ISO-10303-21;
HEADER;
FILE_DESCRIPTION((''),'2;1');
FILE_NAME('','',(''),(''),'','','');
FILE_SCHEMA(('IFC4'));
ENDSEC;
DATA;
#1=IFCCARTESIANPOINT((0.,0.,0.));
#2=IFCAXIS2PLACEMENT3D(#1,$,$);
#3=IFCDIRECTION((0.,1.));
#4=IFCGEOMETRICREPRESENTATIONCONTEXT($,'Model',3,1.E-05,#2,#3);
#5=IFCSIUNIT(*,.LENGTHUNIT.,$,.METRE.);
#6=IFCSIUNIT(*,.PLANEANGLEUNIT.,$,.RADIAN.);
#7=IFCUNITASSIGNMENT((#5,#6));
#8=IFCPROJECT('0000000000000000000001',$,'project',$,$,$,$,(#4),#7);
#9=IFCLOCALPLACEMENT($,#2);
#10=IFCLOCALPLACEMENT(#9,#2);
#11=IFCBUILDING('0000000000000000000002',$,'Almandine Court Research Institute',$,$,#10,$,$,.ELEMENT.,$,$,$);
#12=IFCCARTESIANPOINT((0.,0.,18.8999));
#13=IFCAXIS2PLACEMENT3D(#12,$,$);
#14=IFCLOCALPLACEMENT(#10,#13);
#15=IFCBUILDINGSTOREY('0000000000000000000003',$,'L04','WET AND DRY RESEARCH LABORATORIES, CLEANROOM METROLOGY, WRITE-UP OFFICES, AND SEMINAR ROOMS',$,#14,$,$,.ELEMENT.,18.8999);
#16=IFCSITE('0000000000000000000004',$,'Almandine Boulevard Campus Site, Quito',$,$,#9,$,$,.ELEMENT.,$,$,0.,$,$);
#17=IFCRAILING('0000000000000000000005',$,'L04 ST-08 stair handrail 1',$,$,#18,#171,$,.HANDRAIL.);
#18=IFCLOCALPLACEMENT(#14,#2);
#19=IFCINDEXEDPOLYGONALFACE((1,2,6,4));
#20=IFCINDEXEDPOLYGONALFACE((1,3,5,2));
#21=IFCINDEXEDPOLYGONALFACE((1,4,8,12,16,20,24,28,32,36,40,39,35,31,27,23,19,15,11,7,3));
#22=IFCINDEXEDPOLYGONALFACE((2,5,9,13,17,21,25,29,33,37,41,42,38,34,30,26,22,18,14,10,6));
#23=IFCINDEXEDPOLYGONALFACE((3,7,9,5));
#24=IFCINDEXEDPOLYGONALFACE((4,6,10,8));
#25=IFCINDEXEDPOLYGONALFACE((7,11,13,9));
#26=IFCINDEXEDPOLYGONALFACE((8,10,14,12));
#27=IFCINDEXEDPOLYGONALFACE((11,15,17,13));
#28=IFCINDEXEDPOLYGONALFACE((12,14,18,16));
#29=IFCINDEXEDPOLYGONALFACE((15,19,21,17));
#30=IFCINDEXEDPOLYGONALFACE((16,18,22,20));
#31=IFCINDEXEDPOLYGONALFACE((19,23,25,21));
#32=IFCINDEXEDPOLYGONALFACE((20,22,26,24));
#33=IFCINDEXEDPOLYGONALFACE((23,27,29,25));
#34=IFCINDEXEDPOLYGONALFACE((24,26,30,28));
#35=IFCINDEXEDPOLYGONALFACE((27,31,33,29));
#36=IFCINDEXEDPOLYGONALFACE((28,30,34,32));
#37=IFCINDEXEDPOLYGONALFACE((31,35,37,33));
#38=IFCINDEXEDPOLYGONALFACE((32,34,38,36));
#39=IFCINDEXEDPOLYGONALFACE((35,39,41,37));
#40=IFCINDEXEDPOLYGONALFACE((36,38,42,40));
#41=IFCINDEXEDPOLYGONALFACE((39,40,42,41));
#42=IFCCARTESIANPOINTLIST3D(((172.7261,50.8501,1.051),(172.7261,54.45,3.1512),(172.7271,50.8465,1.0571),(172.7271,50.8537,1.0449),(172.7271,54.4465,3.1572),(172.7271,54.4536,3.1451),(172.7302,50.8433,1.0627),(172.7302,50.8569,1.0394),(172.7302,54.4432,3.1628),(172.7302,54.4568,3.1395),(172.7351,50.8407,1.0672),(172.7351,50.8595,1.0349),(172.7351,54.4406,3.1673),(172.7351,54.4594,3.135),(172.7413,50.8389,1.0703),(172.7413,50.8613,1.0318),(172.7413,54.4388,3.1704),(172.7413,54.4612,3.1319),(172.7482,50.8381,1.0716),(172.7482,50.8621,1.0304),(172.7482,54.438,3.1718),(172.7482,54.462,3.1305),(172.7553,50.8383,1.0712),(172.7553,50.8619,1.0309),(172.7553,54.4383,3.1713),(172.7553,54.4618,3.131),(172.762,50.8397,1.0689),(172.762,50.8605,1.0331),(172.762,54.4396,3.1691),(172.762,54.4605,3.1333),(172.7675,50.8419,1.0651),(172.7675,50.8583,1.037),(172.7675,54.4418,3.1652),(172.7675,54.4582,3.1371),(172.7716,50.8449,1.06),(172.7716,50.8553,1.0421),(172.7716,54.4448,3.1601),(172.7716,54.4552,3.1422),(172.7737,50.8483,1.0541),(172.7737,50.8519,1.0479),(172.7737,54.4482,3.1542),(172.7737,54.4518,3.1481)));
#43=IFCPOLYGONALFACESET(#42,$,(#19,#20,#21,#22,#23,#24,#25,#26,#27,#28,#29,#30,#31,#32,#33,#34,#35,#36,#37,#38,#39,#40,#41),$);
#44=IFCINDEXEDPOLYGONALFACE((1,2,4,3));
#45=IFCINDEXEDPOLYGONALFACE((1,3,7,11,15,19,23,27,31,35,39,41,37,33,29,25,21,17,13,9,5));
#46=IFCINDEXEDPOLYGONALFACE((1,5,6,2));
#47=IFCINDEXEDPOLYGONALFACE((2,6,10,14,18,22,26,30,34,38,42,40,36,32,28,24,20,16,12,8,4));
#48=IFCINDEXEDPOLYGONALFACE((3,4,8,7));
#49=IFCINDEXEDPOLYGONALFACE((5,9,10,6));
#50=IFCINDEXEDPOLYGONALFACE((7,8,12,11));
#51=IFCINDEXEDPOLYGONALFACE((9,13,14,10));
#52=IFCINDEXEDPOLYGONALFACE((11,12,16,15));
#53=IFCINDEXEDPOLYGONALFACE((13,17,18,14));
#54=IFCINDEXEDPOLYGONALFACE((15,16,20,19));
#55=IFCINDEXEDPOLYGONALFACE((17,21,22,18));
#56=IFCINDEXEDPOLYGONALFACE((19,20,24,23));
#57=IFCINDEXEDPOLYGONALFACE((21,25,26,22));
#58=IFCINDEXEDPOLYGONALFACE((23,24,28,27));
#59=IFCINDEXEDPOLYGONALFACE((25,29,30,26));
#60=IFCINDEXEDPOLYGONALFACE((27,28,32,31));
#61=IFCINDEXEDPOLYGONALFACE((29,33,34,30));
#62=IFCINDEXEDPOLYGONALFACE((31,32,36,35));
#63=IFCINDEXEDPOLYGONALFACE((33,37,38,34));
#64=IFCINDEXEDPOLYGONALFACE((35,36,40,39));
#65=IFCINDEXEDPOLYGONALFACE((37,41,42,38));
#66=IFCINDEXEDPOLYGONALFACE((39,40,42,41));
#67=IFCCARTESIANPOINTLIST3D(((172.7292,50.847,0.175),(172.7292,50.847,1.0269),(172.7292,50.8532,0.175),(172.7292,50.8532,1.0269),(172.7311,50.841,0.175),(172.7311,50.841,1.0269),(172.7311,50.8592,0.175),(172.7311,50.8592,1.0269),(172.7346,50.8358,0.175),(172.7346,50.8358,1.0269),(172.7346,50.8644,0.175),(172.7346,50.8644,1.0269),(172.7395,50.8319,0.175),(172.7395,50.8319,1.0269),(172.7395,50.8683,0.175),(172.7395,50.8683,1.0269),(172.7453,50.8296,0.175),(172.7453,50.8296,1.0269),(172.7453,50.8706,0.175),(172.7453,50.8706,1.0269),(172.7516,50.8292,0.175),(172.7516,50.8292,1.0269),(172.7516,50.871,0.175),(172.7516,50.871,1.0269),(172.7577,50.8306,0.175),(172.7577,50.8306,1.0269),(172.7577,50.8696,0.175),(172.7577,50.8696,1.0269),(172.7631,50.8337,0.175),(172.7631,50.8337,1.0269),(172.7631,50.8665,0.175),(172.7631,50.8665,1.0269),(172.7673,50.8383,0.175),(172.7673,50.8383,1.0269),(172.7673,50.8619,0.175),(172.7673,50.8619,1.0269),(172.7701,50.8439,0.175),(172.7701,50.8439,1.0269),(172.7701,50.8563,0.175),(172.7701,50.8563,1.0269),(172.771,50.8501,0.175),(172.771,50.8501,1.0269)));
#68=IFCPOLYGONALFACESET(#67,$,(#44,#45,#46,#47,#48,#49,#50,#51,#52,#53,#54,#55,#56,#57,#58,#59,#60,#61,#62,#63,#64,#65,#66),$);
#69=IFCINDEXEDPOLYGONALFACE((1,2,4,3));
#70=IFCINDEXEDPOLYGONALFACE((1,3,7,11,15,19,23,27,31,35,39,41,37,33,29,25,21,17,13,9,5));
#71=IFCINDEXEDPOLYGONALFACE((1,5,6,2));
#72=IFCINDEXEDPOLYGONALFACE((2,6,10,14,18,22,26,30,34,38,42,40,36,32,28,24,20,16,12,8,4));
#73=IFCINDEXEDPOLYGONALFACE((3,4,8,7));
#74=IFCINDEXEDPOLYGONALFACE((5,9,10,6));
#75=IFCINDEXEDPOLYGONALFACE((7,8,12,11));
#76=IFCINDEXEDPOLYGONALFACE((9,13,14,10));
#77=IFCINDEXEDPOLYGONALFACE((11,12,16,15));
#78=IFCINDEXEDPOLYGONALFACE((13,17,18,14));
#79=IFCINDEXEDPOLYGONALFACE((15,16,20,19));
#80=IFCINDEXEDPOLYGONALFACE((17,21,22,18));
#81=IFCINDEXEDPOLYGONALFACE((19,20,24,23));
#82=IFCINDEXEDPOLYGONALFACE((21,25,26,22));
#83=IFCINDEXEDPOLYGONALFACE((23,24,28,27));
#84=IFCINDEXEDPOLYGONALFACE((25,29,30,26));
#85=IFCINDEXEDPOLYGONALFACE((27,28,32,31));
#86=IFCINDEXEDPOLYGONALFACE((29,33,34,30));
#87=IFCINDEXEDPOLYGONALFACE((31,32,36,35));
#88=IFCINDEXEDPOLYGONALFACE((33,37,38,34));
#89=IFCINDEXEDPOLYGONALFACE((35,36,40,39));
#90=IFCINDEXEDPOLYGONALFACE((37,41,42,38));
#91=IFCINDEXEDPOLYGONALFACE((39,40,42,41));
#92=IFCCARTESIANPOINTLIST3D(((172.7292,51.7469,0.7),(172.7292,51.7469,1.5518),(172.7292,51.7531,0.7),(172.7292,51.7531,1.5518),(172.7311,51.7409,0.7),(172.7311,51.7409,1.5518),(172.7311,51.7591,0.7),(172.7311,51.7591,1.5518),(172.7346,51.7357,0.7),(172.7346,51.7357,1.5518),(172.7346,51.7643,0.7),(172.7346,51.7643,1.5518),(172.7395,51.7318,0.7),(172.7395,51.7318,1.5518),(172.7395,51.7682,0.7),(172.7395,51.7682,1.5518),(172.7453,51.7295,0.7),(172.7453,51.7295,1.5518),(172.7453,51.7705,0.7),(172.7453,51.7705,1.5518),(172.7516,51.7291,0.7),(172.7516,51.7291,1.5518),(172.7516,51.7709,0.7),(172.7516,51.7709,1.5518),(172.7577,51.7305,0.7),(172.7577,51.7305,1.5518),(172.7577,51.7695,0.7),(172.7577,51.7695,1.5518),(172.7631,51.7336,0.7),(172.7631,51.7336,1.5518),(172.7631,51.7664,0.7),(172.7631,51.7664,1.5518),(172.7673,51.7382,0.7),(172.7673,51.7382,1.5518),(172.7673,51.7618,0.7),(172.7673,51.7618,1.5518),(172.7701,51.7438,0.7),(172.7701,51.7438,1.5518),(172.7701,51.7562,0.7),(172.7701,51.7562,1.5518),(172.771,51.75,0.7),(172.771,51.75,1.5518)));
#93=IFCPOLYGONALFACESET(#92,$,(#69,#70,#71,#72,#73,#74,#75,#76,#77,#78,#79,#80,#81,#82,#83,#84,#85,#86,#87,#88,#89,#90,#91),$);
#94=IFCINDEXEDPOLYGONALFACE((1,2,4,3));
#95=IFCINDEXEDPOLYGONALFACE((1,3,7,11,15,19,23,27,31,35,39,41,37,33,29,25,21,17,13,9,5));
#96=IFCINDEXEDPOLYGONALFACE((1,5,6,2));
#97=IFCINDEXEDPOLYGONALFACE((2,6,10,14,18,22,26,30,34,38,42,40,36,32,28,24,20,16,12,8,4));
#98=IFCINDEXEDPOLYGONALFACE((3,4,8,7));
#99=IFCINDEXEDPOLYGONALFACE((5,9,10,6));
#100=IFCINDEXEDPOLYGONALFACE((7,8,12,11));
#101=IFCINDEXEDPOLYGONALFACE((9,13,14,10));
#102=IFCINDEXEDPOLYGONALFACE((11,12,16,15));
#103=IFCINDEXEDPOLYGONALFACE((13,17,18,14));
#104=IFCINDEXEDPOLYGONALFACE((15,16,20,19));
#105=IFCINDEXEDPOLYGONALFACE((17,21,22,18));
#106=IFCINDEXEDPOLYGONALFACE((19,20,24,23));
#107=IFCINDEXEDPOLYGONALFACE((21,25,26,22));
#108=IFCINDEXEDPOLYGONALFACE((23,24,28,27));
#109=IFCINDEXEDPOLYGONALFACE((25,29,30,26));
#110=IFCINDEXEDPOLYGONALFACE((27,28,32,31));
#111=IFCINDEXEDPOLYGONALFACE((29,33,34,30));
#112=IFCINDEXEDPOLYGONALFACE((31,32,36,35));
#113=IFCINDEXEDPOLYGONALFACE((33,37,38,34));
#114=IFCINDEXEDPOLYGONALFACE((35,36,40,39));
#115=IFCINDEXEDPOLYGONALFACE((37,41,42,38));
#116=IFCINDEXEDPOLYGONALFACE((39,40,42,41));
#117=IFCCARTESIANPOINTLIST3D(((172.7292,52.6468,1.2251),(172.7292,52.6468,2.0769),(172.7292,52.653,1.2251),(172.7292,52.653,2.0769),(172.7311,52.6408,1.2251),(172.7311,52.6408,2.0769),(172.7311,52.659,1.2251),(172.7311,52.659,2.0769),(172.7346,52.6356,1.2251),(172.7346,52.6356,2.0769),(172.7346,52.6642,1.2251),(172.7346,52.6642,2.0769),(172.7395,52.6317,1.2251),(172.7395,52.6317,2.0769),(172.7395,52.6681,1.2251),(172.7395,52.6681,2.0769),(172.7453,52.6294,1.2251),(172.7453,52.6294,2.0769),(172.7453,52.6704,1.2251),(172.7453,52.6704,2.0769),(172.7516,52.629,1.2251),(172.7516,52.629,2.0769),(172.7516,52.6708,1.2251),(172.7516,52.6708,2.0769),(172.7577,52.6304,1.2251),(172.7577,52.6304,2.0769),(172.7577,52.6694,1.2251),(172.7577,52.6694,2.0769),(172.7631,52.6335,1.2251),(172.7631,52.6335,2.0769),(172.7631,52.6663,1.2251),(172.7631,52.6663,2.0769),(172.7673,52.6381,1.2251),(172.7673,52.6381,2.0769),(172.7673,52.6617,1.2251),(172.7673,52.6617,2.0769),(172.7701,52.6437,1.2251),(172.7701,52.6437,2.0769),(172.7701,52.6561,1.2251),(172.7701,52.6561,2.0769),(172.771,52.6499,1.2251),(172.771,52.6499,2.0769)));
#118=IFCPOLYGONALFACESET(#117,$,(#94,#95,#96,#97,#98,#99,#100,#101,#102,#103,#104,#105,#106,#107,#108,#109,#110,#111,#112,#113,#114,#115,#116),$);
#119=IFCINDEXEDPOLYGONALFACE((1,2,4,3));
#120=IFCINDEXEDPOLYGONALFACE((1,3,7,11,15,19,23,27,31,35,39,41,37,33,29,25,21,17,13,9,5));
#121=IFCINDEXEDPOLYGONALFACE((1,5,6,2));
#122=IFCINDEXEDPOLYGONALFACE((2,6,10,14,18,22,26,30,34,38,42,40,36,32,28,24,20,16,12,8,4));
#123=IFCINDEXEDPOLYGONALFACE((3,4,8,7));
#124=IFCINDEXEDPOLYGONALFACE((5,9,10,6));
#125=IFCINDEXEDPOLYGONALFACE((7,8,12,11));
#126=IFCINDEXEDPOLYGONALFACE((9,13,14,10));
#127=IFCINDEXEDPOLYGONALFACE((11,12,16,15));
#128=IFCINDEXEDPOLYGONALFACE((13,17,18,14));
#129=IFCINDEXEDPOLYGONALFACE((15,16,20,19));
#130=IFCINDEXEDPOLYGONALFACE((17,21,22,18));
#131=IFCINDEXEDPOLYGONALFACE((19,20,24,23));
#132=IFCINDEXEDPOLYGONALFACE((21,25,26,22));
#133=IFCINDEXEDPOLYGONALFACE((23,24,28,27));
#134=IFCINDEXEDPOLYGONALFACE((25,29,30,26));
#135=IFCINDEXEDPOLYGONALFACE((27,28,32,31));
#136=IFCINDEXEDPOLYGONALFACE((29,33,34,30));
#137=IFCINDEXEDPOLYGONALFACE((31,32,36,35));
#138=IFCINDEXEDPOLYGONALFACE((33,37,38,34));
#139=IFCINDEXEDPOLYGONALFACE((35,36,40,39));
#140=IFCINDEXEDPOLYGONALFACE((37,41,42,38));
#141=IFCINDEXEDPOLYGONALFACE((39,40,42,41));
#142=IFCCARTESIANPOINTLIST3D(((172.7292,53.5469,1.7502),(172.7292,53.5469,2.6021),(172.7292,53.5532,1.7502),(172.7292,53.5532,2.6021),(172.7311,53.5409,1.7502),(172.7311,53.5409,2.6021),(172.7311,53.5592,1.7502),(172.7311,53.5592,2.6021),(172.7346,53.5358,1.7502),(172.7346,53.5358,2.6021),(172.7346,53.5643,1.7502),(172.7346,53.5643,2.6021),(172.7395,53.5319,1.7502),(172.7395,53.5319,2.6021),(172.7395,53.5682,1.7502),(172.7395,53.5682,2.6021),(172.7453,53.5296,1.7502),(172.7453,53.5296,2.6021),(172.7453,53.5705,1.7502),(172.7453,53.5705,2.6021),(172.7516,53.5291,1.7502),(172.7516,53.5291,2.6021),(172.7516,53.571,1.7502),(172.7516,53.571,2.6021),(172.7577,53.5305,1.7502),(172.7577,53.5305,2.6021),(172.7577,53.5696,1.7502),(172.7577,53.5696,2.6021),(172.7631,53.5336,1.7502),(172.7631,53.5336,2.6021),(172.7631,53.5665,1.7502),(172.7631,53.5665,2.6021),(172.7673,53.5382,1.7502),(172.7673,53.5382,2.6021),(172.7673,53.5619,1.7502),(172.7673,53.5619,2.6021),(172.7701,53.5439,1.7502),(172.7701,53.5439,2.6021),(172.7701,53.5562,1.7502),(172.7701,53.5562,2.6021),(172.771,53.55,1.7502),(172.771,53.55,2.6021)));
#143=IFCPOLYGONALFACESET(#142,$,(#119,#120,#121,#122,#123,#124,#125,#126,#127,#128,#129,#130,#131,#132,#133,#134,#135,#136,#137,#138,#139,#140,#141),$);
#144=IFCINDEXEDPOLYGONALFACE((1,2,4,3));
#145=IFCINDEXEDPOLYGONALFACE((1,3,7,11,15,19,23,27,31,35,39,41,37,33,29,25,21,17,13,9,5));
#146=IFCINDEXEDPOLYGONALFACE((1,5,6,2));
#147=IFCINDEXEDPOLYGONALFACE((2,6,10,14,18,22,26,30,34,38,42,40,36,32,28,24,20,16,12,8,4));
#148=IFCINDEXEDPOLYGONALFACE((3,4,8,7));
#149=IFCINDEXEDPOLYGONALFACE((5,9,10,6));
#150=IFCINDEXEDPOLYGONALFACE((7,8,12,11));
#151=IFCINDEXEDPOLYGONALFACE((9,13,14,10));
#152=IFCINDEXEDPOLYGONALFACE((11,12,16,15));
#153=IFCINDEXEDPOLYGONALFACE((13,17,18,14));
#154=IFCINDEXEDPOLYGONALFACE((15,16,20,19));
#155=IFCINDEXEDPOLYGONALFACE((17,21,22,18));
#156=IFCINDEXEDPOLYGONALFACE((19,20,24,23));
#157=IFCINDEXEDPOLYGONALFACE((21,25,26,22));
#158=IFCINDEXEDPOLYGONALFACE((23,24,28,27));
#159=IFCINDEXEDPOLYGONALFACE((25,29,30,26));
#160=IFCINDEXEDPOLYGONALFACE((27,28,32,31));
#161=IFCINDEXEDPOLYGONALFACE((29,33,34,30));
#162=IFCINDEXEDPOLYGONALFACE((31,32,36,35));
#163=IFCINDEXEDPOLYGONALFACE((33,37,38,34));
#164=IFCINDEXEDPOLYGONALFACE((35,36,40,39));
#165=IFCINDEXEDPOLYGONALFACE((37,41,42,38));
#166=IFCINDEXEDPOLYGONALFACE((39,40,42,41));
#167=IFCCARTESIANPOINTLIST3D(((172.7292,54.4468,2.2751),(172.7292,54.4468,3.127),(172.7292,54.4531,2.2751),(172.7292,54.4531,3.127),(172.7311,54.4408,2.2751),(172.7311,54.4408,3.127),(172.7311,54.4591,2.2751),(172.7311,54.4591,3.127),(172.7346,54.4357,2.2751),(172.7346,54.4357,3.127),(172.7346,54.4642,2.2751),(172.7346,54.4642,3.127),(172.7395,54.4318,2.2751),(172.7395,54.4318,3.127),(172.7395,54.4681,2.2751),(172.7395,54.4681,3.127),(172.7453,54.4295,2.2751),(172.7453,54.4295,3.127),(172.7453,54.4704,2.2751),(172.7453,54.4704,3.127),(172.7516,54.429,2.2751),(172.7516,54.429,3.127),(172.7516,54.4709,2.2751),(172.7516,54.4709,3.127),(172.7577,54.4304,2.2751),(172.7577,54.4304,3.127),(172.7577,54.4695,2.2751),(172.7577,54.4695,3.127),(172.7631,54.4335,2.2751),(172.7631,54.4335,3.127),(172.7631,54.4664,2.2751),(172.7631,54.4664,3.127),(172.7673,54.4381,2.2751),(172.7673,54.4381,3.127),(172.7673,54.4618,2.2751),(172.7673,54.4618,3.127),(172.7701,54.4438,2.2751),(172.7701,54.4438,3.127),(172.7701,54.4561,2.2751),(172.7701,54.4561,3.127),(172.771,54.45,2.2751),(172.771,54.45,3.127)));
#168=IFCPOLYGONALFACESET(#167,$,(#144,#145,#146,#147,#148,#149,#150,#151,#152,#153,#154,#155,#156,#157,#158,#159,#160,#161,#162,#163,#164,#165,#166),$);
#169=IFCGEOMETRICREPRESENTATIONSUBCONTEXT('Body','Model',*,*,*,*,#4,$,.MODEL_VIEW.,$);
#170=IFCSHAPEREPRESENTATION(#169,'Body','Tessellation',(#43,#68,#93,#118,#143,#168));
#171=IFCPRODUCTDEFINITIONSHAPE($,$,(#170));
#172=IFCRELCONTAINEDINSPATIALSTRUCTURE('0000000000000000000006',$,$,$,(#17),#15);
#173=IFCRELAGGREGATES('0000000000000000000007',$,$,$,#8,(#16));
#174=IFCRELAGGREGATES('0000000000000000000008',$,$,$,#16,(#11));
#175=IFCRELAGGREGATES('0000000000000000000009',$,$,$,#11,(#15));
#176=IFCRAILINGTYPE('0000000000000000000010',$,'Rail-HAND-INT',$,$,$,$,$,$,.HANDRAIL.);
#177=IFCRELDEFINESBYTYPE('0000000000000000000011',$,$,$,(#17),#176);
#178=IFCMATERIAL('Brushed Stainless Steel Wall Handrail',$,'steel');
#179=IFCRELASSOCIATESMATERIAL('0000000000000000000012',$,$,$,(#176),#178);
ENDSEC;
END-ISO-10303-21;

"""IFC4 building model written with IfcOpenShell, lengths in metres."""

from ifc_helpers import new_model, si_unit, direction, frame, origin, origin_2d, place, context, subcontext, project, spatial, circle, extrude, material, type_object, element, save


model = new_model("IFC4")

# Units and contexts
model_context = context("Model", 3, precision=1e-05, world=origin(), true_north=direction((0.0, 1.0)))
body_context = subcontext(model_context, "Body", "Model", "MODEL_VIEW")
ifc_project = project(units=[si_unit("LENGTHUNIT", "METRE"), si_unit("PLANEANGLEUNIT", "RADIAN")], contexts=[model_context])

# Site, building, storey
site_placement = place(None, origin())
site = spatial("IfcSite", under=ifc_project, at=site_placement, Name="Almandine Boulevard Campus Site, Quito", CompositionType="ELEMENT", RefElevation=0.0)
building_placement = place(site_placement, origin())
building = spatial("IfcBuilding", under=site, at=building_placement, Name="Almandine Court Research Institute", CompositionType="ELEMENT")
storey_placement = place(building_placement, frame((0.0, 0.0, 18.8999)))
storey = spatial("IfcBuildingStorey", under=building, at=storey_placement, Name="L04", Description="WET AND DRY RESEARCH LABORATORIES, CLEANROOM METROLOGY, WRITE-UP OFFICES, AND SEMINAR ROOMS", CompositionType="ELEMENT", Elevation=18.8999)

# Railing
ifc_material_1 = material(Name="Brushed Stainless Steel Wall Handrail", Category="steel")
railing_type_1 = type_object("IfcRailingType", Name="Rail-HAND-INT", PredefinedType="HANDRAIL", material=ifc_material_1)
railing_1_placement = place(storey_placement, frame((172.75, 50.8501, 0.175)))
element("IfcRailing", 1, at=railing_1_placement, inside=storey, type_object=railing_type_1, Name="L04 ST-08 stair handrail 1", PredefinedType="HANDRAIL", context=body_context, shape_type="SweptSolid", body=[
    extrude(circle(Radius=0.0239, at=origin_2d()), frame((0.0, 0.0, 0.876), z_axis=(0.0, 0.86376, 0.503904), x_axis=(-1.0, 0.0, 0.0)), (0.0, 0.0, 1.0), 4.1677),
    extrude(circle(Radius=0.021, at=origin_2d()), origin(), (0.0, 0.0, 1.0), 0.8518),
    extrude(circle(Radius=0.021, at=origin_2d()), frame((0.0, 0.8999, 0.5249)), (0.0, 0.0, 1.0), 0.8518),
    extrude(circle(Radius=0.021, at=origin_2d()), frame((0.0, 1.7998, 1.05)), (0.0, 0.0, 1.0), 0.8518),
    extrude(circle(Radius=0.021, at=origin_2d()), frame((0.0, 2.7, 1.5752)), (0.0, 0.0, 1.0), 0.8518),
    extrude(circle(Radius=0.021, at=origin_2d()), frame((0.0, 3.5999, 2.1001)), (0.0, 0.0, 1.0), 0.8518),
])

save(model, "model.ifc")
